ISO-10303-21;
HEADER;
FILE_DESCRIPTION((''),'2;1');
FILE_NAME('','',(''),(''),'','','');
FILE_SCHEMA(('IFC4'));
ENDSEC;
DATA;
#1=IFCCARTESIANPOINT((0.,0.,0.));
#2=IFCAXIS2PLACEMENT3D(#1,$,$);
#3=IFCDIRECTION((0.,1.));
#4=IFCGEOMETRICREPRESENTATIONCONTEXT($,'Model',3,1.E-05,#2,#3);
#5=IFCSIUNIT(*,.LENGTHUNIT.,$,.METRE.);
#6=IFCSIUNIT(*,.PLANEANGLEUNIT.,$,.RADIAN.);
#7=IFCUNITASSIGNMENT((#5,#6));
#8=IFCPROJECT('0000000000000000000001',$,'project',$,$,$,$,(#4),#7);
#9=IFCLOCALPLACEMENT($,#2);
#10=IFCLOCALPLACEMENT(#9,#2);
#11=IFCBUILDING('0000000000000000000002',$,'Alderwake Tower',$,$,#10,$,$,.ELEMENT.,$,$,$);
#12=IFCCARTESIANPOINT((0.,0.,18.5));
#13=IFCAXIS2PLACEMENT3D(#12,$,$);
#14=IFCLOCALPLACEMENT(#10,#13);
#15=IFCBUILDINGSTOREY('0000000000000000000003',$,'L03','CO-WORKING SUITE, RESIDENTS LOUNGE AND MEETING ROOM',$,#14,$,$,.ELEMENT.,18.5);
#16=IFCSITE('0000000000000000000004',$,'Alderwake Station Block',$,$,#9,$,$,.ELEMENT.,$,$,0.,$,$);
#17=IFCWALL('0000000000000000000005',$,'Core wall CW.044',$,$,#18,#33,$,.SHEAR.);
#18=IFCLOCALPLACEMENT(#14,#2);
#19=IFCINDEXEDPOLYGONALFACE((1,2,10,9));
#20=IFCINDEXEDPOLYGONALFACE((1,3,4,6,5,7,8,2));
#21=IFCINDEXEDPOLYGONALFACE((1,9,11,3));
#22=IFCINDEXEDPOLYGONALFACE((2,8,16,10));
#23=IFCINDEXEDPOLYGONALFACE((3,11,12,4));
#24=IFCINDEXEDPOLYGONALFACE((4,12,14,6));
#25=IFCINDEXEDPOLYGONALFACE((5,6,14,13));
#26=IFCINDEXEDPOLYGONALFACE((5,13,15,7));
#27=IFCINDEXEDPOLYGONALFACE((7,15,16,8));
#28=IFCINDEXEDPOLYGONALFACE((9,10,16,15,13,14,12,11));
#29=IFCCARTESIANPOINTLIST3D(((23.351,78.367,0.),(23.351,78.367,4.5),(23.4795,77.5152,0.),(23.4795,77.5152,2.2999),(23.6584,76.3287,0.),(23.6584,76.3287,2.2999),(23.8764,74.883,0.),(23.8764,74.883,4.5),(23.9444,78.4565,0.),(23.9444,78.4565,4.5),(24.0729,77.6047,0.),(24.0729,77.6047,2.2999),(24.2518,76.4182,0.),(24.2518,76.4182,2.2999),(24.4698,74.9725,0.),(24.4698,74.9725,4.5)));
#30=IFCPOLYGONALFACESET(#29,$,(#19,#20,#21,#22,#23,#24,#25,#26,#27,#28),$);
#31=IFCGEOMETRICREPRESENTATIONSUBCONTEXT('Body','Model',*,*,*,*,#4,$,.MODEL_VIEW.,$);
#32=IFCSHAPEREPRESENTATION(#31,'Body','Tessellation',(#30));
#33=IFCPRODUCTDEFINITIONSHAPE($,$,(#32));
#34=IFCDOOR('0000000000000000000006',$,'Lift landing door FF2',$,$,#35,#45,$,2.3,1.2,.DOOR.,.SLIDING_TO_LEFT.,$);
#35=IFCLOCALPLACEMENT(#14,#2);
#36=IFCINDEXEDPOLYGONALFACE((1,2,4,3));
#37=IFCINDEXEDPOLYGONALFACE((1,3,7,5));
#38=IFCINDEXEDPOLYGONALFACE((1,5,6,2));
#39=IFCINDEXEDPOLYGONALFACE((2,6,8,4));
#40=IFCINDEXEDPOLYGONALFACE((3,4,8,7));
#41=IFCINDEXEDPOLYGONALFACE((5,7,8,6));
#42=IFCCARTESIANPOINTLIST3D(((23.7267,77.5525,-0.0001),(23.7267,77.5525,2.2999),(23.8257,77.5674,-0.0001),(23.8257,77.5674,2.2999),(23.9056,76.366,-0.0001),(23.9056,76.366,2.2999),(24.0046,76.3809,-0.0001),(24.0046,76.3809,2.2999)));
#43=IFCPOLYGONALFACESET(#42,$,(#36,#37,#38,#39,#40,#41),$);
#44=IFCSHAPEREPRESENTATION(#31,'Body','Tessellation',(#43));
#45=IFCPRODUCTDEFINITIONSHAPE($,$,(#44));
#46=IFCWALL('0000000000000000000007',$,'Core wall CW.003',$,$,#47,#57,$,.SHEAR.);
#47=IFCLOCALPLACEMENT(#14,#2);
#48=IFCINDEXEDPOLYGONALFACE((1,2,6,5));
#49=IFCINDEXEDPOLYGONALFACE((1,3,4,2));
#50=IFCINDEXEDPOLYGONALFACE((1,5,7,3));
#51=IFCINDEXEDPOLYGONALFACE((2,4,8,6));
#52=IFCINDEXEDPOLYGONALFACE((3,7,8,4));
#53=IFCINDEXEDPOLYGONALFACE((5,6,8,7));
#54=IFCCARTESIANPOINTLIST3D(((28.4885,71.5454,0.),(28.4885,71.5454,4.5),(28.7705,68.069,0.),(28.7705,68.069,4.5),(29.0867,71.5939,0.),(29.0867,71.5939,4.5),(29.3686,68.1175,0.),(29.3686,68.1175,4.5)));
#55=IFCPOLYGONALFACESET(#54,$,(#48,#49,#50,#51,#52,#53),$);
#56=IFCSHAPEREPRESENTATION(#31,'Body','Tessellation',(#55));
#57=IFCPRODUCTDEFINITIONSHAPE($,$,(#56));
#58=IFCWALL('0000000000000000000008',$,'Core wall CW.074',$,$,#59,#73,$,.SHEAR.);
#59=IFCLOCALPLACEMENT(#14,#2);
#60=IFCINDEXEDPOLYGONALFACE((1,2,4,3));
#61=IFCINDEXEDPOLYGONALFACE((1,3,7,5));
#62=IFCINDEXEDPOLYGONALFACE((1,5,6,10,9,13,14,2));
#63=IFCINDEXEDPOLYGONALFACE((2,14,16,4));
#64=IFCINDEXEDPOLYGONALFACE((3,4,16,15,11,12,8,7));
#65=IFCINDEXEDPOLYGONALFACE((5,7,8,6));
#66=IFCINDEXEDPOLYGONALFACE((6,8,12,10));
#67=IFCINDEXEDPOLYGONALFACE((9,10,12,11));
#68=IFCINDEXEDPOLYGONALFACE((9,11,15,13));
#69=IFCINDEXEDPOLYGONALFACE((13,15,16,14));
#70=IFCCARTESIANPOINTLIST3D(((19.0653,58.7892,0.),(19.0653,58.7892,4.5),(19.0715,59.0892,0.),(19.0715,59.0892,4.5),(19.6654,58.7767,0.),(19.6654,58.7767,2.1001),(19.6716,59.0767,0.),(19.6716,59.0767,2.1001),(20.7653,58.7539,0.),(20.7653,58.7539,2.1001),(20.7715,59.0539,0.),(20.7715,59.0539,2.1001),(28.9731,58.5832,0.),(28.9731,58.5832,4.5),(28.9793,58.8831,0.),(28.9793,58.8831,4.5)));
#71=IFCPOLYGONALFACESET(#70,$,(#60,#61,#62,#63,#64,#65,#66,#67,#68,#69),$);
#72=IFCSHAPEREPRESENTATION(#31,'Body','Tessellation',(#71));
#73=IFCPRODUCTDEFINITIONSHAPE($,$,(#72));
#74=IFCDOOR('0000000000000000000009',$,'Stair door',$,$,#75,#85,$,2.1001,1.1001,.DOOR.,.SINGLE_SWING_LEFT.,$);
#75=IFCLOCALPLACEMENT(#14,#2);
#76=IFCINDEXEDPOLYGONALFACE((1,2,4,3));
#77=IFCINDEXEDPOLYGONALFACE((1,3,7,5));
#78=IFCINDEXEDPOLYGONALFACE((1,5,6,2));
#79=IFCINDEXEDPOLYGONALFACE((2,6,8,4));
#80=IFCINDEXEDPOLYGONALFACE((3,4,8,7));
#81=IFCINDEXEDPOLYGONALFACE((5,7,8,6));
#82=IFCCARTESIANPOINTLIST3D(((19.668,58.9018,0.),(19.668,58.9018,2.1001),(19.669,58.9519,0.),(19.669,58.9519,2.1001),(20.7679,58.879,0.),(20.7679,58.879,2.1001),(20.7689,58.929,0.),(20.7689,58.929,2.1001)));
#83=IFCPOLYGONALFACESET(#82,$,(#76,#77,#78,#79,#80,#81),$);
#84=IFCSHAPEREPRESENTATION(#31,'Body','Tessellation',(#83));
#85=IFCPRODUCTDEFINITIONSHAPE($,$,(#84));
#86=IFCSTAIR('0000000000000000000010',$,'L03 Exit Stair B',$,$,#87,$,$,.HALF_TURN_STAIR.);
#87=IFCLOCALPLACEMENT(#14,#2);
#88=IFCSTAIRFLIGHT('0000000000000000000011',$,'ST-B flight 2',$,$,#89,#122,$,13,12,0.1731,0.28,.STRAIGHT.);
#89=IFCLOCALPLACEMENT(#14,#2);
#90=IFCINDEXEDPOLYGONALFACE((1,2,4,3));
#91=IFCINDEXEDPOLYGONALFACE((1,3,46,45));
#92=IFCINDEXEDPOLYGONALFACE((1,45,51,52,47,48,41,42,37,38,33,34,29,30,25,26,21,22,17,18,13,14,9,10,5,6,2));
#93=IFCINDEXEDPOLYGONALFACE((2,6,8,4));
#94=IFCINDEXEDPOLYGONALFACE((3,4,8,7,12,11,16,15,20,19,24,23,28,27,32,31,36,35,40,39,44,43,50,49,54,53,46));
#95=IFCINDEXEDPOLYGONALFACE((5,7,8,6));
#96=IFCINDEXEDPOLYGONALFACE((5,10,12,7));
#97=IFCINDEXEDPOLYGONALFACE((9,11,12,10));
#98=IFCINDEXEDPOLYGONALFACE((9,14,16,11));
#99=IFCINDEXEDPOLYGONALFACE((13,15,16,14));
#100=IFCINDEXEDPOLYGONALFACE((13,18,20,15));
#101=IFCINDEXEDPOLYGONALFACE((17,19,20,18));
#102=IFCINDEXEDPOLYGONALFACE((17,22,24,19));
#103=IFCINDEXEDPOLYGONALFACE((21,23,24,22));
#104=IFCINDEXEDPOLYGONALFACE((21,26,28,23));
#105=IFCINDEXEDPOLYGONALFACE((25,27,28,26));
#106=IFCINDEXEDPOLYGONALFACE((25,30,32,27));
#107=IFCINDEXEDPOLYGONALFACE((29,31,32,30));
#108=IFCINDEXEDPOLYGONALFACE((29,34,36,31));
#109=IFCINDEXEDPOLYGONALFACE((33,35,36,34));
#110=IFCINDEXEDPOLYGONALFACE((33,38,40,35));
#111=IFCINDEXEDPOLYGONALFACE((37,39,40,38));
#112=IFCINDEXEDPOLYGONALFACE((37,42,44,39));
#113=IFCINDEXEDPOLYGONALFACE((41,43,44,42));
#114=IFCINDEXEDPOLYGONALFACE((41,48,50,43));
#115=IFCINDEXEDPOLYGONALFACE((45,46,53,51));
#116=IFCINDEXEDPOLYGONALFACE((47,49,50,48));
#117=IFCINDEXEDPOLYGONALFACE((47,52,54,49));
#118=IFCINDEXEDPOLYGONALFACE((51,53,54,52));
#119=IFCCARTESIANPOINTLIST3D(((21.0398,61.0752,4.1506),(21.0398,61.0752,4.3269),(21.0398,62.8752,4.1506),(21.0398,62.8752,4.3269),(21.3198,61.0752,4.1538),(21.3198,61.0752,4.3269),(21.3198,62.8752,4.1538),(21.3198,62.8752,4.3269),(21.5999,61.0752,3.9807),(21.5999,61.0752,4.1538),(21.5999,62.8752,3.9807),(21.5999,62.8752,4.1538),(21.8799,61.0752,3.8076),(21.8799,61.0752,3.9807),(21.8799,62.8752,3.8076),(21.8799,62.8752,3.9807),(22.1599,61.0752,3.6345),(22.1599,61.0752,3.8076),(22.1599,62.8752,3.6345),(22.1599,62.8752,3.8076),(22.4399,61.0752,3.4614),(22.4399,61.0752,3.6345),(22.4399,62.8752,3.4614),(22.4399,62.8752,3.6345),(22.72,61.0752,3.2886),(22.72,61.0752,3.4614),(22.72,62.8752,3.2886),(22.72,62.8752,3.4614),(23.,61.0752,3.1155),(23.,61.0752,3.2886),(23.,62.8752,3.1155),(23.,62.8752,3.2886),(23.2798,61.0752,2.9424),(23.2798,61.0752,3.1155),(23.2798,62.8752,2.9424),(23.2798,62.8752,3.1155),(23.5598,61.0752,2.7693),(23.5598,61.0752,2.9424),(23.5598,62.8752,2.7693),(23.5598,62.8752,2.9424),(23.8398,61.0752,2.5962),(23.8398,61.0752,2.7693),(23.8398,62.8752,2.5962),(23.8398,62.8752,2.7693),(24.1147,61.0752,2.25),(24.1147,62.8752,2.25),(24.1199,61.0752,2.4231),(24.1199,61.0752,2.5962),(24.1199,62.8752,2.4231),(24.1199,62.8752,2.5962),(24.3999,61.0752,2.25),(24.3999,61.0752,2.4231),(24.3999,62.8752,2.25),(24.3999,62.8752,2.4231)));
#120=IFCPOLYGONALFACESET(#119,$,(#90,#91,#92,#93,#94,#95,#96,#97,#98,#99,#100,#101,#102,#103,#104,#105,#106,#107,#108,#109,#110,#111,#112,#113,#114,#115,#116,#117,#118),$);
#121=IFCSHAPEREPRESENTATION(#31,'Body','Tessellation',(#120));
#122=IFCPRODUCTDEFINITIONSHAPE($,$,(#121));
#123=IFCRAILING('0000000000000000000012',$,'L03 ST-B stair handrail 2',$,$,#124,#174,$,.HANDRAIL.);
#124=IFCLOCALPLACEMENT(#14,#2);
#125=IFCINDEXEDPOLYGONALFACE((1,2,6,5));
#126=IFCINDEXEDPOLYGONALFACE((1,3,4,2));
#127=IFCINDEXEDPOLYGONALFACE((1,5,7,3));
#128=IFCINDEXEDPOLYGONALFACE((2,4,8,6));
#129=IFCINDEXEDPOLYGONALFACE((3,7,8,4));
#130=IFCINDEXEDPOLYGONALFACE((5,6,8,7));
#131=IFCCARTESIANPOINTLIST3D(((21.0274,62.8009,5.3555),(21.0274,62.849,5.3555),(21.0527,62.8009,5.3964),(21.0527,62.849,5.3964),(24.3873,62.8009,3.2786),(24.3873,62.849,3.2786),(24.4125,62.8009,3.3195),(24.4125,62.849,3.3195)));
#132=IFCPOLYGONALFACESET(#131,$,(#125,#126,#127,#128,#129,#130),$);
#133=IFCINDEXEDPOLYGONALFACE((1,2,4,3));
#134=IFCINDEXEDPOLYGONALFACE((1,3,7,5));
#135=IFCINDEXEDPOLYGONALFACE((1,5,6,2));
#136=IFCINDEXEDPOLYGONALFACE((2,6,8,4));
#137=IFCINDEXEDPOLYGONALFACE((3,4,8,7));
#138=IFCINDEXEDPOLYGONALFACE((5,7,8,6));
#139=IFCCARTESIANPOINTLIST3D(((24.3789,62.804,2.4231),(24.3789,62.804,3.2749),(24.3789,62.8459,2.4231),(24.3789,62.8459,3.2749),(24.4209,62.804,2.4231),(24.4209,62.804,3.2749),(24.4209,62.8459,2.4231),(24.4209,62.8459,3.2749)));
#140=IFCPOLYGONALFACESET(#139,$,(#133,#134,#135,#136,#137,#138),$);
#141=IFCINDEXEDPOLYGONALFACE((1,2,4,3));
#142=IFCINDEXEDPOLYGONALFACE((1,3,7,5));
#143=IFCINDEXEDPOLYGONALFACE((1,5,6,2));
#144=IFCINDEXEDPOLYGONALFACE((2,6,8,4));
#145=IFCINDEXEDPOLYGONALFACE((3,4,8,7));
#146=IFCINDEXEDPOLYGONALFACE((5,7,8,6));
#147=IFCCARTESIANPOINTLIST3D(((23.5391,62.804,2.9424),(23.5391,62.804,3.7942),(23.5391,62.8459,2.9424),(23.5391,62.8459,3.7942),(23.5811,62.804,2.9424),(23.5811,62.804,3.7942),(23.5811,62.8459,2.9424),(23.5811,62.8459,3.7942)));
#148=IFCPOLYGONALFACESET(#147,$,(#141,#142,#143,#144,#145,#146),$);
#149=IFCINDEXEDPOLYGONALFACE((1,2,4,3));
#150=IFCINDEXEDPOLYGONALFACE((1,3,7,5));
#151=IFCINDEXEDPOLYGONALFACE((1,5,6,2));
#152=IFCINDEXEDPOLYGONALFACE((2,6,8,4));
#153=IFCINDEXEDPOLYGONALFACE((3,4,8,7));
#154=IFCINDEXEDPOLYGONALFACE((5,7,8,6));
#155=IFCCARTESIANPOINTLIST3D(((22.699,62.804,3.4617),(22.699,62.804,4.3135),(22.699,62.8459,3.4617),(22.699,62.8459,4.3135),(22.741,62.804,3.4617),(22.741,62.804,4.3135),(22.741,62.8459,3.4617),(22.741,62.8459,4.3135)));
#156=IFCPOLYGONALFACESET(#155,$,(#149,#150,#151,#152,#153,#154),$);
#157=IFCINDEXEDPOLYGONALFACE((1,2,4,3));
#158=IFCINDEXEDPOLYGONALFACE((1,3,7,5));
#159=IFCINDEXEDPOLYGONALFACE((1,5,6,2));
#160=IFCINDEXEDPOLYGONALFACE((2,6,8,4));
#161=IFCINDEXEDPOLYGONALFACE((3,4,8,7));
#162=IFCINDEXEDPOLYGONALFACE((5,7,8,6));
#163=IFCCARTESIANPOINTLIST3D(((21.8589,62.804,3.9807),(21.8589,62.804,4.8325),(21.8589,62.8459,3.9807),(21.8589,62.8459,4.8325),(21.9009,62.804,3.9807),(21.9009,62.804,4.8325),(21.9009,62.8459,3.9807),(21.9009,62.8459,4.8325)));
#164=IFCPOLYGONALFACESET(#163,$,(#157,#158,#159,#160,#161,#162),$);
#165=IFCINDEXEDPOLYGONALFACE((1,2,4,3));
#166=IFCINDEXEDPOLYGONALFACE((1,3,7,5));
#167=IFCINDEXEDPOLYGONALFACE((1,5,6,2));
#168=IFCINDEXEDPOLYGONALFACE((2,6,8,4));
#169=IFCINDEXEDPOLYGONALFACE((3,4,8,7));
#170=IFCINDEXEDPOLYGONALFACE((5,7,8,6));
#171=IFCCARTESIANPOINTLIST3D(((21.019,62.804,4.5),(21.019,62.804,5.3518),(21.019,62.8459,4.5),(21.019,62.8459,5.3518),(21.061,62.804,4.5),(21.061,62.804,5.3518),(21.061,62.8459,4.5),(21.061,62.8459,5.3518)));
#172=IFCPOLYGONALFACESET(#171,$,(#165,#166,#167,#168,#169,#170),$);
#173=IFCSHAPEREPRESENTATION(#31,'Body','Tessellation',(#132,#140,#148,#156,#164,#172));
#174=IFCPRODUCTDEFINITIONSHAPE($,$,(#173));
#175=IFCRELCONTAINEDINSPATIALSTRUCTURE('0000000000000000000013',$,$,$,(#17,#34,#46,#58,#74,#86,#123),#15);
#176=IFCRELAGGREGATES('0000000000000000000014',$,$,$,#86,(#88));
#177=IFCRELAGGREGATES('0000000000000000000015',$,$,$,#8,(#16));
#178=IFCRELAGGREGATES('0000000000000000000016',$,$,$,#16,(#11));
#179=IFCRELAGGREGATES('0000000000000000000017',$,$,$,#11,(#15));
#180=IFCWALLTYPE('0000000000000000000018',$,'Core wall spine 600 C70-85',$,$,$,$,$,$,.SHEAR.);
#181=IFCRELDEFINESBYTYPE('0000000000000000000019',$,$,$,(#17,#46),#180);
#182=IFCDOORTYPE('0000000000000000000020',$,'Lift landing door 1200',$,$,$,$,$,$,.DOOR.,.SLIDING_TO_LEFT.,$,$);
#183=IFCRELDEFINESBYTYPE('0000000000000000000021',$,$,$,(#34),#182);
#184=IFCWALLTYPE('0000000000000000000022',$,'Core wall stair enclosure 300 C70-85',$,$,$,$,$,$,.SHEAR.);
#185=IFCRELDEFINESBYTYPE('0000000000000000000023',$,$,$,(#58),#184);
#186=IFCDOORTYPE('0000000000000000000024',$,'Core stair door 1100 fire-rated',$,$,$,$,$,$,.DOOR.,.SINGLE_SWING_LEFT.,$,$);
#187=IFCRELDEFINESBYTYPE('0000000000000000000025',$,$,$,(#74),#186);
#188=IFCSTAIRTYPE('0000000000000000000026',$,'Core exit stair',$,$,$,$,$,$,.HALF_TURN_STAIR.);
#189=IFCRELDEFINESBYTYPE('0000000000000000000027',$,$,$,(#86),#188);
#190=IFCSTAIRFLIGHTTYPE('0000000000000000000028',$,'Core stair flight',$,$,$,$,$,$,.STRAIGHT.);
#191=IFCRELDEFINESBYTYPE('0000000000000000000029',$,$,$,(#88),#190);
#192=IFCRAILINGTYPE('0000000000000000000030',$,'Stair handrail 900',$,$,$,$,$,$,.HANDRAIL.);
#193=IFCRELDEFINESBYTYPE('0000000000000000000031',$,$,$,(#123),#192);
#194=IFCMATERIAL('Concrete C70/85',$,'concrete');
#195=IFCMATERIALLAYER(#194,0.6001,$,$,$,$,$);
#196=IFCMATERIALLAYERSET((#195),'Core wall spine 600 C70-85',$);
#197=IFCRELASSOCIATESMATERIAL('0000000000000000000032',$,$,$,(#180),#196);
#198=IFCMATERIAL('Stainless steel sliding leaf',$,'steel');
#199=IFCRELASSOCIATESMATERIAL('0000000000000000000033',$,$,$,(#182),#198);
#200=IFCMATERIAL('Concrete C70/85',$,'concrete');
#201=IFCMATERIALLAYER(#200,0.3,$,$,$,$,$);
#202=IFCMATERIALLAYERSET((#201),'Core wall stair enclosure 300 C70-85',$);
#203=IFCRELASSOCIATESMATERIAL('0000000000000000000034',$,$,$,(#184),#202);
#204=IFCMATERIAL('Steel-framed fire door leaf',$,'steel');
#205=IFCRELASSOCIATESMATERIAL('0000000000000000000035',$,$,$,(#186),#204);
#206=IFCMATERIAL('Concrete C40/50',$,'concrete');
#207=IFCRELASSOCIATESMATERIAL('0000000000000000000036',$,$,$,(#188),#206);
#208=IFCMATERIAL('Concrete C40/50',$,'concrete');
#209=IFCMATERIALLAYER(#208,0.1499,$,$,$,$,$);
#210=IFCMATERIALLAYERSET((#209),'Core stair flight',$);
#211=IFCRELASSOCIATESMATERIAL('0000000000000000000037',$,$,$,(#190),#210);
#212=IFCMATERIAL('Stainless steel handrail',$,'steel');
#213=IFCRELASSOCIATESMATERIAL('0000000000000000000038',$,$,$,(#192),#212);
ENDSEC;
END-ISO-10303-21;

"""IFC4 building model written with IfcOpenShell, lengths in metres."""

from ifc_helpers import new_model, si_unit, direction, frame, frame_2d, origin, origin_2d, place, context, subcontext, project, spatial, polyline, rectangle, outline, extrude, material, layer, layer_set, type_object, element, fill, aggregate, save


model = new_model("IFC4")

# Units and contexts
model_context = context("Model", 3, precision=1e-05, world=origin(), true_north=direction((0.0, 1.0)))
body_context = subcontext(model_context, "Body", "Model", "MODEL_VIEW")
ifc_project = project(units=[si_unit("LENGTHUNIT", "METRE"), si_unit("PLANEANGLEUNIT", "RADIAN")], contexts=[model_context])

# Site, building, storey
site_placement = place(None, origin())
site = spatial("IfcSite", under=ifc_project, at=site_placement, Name="Alderwake Station Block", CompositionType="ELEMENT", RefElevation=0.0)
building_placement = place(site_placement, origin())
building = spatial("IfcBuilding", under=site, at=building_placement, Name="Alderwake Tower", CompositionType="ELEMENT")
storey_placement = place(building_placement, frame((0.0, 0.0, 18.5)))
storey = spatial("IfcBuildingStorey", under=building, at=storey_placement, Name="L03", Description="CO-WORKING SUITE, RESIDENTS LOUNGE AND MEETING ROOM", CompositionType="ELEMENT", Elevation=18.5)

# Shared definitions
ifc_material_1 = material(Name="Concrete C70/85", Category="concrete")
ifc_layer_1 = layer(ifc_material_1, 0.6001)
ifc_layer_set_1 = layer_set([ifc_layer_1], Name="Core wall spine 600 C70-85")
wall_type_1 = type_object("IfcWallType", Name="Core wall spine 600 C70-85", PredefinedType="SHEAR", material=ifc_layer_set_1)

# Wall, opening, door
wall_1_placement = place(storey_placement, frame((24.1731, 74.9277, 0.0), z_axis=(0.0, 0.0, 1.0), x_axis=(-0.14911, 0.988821, 0.0)))
wall_1 = element("IfcWall", 1, at=wall_1_placement, inside=storey, type_object=wall_type_1, Name="Core wall CW.044", PredefinedType="SHEAR", context=body_context, shape_type="SweptSolid", body=[
    extrude(rectangle(XDim=3.5234, YDim=0.6001, at=frame_2d((1.7617, 0.0))), origin(), (0.0, 0.0, 1.0), 4.5),
])
opening_1_placement = place(wall_1_placement, frame((1.4619, 0.0, 0.0)))
opening_1 = element("IfcOpeningElement", 2, at=opening_1_placement, cuts=wall_1, PredefinedType="OPENING", context=body_context, shape_type="SweptSolid", body=[
    extrude(rectangle(XDim=1.2, YDim=2.3, at=frame_2d((0.6001, 1.1499))), frame((0.0, 0.3101, 0.0), z_axis=(0.0, -1.0, 0.0), x_axis=(1.0, 0.0, 0.0)), (0.0, 0.0, 1.0), 0.6201),
])
ifc_material_2 = material(Name="Stainless steel sliding leaf", Category="steel")
door_type_1 = type_object("IfcDoorType", Name="Lift landing door 1200", OperationType="SLIDING_TO_LEFT", PredefinedType="DOOR", material=ifc_material_2)
door_1_placement = place(opening_1_placement, origin())
door_1 = element("IfcDoor", 3, at=door_1_placement, inside=storey, type_object=door_type_1, Name="Lift landing door FF2", OperationType="SLIDING_TO_LEFT", OverallHeight=2.3, OverallWidth=1.2, PredefinedType="DOOR", context=body_context, shape_type="SweptSolid", body=[
    extrude(rectangle(XDim=1.2, YDim=2.3, at=frame_2d((0.6001, 1.1499))), frame((0.0, 0.05, 0.0), z_axis=(0.0, -1.0, 0.0), x_axis=(1.0, 0.0, 0.0)), (0.0, 0.0, 1.0), 0.1001),
])
fill(opening_1, door_1)

# Wall
wall_2_placement = place(storey_placement, frame((29.0696, 68.0933, 0.0), z_axis=(0.0, 0.0, 1.0), x_axis=(-0.08085, 0.996726, 0.0)))
element("IfcWall", 4, at=wall_2_placement, inside=storey, type_object=wall_type_1, Name="Core wall CW.003", PredefinedType="SHEAR", context=body_context, shape_type="SweptSolid", body=[
    extrude(rectangle(XDim=3.4878, YDim=0.6001, at=frame_2d((1.7439, 0.0))), origin(), (0.0, 0.0, 1.0), 4.5),
])

# Wall, opening, door
ifc_material_3 = material(Name="Concrete C70/85", Category="concrete")
ifc_layer_2 = layer(ifc_material_3, 0.3)
ifc_layer_set_2 = layer_set([ifc_layer_2], Name="Core wall stair enclosure 300 C70-85")
wall_type_2 = type_object("IfcWallType", Name="Core wall stair enclosure 300 C70-85", PredefinedType="SHEAR", material=ifc_layer_set_2)
wall_3_placement = place(storey_placement, frame((28.9763, 58.7332, 0.0), z_axis=(0.0, 0.0, 1.0), x_axis=(-0.999784, 0.020793, 0.0)))
wall_3 = element("IfcWall", 5, at=wall_3_placement, inside=storey, type_object=wall_type_2, Name="Core wall CW.074", PredefinedType="SHEAR", context=body_context, shape_type="SweptSolid", body=[
    extrude(rectangle(XDim=9.9099, YDim=0.3, at=frame_2d((4.9551, 0.0))), origin(), (0.0, 0.0, 1.0), 4.5),
])
opening_2_placement = place(wall_3_placement, frame((8.2097, 0.0, 0.0)))
opening_2 = element("IfcOpeningElement", 6, at=opening_2_placement, cuts=wall_3, PredefinedType="OPENING", context=body_context, shape_type="SweptSolid", body=[
    extrude(rectangle(XDim=1.1001, YDim=2.1001, at=frame_2d((0.55, 1.05))), frame((0.0, 0.1599, 0.0), z_axis=(0.0, -1.0, 0.0), x_axis=(1.0, 0.0, 0.0)), (0.0, 0.0, 1.0), 0.3201),
])
ifc_material_4 = material(Name="Steel-framed fire door leaf", Category="steel")
door_type_2 = type_object("IfcDoorType", Name="Core stair door 1100 fire-rated", OperationType="SINGLE_SWING_LEFT", PredefinedType="DOOR", material=ifc_material_4)
door_2_placement = place(opening_2_placement, origin())
door_2 = element("IfcDoor", 7, at=door_2_placement, inside=storey, type_object=door_type_2, Name="Stair door", OperationType="SINGLE_SWING_LEFT", OverallHeight=2.1001, OverallWidth=1.1001, PredefinedType="DOOR", context=body_context, shape_type="SweptSolid", body=[
    extrude(rectangle(XDim=1.1001, YDim=2.1001, at=frame_2d((0.55, 1.05))), frame((0.0, 0.0249, 0.0), z_axis=(0.0, -1.0, 0.0), x_axis=(1.0, 0.0, 0.0)), (0.0, 0.0, 1.0), 0.05),
])
fill(opening_2, door_2)

# Stair, stair flight
ifc_material_5 = material(Name="Concrete C40/50", Category="concrete")
stair_type = type_object("IfcStairType", Name="Core exit stair", PredefinedType="HALF_TURN_STAIR", material=ifc_material_5)
stair_placement = place(storey_placement, origin())
stair = element("IfcStair", 8, at=stair_placement, inside=storey, type_object=stair_type, Name="L03 Exit Stair B", PredefinedType="HALF_TURN_STAIR")
ifc_material_6 = material(Name="Concrete C40/50", Category="concrete")
ifc_layer_3 = layer(ifc_material_6, 0.1499)
ifc_layer_set_3 = layer_set([ifc_layer_3], Name="Core stair flight")
stair_flight_type = type_object("IfcStairFlightType", Name="Core stair flight", PredefinedType="STRAIGHT", material=ifc_layer_set_3)
stair_flight_placement = place(storey_placement, frame((24.3999, 61.9751, 2.25), z_axis=(0.0, 0.0, 1.0), x_axis=(-1.0, 0.0, 0.0)))
stair_flight = element("IfcStairFlight", 9, at=stair_flight_placement, type_object=stair_flight_type, Name="ST-B flight 2", NumberOfRisers=13, NumberOfTreads=12, PredefinedType="STRAIGHT", RiserHeight=0.1731, TreadLength=0.28, context=body_context, shape_type="SweptSolid", body=[
    extrude(outline(polyline([(0.0, 0.0), (0.0, 0.1731), (0.28, 0.1731), (0.28, 0.3462), (0.5601, 0.3462), (0.5601, 0.5193), (0.8401, 0.5193), (0.8401, 0.6924), (1.1201, 0.6924), (1.1201, 0.8655), (1.3999, 0.8655), (1.3999, 1.0386), (1.6799, 1.0386), (1.6799, 1.2114), (1.96, 1.2114), (1.96, 1.3845), (2.24, 1.3845), (2.24, 1.5576), (2.52, 1.5576), (2.52, 1.7307), (2.8, 1.7307), (2.8, 1.9038), (3.0801, 1.9038), (3.0801, 2.0769), (3.3601, 2.0769), (3.3601, 2.25), (3.3601, 1.9006), (0.2852, 0.0), (0.0, 0.0)])), frame((0.0, 0.8999, 0.0), z_axis=(0.0, -1.0, 0.0), x_axis=(1.0, 0.0, 0.0)), (0.0, 0.0, 1.0), 1.8),
])
aggregate(stair, [stair_flight])

# Railing
ifc_material_7 = material(Name="Stainless steel handrail", Category="steel")
railing_type = type_object("IfcRailingType", Name="Stair handrail 900", PredefinedType="HANDRAIL", material=ifc_material_7)
railing_placement = place(storey_placement, frame((24.3999, 62.825, 2.4231)))
element("IfcRailing", 10, at=railing_placement, inside=storey, type_object=railing_type, Name="L03 ST-B stair handrail 2", PredefinedType="HANDRAIL", context=body_context, shape_type="SweptSolid", body=[
    extrude(rectangle(XDim=0.0481, YDim=0.0481, at=origin_2d()), frame((0.0, 0.0, 0.876), z_axis=(-0.850606, 0.0, 0.525803), x_axis=(0.0, -1.0, 0.0)), (0.0, 0.0, 1.0), 3.95),
    extrude(rectangle(XDim=0.042, YDim=0.042, at=origin_2d()), frame((0.0, 0.0, 0.0), z_axis=(0.0, 0.0, 1.0), x_axis=(-1.0, 0.0, 0.0)), (0.0, 0.0, 1.0), 0.8518),
    extrude(rectangle(XDim=0.042, YDim=0.042, at=origin_2d()), frame((-0.8398, 0.0, 0.5193), z_axis=(0.0, 0.0, 1.0), x_axis=(-1.0, 0.0, 0.0)), (0.0, 0.0, 1.0), 0.8518),
    extrude(rectangle(XDim=0.042, YDim=0.042, at=origin_2d()), frame((-1.6799, 0.0, 1.0386), z_axis=(0.0, 0.0, 1.0), x_axis=(-1.0, 0.0, 0.0)), (0.0, 0.0, 1.0), 0.8518),
    extrude(rectangle(XDim=0.042, YDim=0.042, at=origin_2d()), frame((-2.52, 0.0, 1.5576), z_axis=(0.0, 0.0, 1.0), x_axis=(-1.0, 0.0, 0.0)), (0.0, 0.0, 1.0), 0.8518),
    extrude(rectangle(XDim=0.042, YDim=0.042, at=origin_2d()), frame((-3.3599, 0.0, 2.0769), z_axis=(0.0, 0.0, 1.0), x_axis=(-1.0, 0.0, 0.0)), (0.0, 0.0, 1.0), 0.8518),
])

save(model, "model.ifc")
